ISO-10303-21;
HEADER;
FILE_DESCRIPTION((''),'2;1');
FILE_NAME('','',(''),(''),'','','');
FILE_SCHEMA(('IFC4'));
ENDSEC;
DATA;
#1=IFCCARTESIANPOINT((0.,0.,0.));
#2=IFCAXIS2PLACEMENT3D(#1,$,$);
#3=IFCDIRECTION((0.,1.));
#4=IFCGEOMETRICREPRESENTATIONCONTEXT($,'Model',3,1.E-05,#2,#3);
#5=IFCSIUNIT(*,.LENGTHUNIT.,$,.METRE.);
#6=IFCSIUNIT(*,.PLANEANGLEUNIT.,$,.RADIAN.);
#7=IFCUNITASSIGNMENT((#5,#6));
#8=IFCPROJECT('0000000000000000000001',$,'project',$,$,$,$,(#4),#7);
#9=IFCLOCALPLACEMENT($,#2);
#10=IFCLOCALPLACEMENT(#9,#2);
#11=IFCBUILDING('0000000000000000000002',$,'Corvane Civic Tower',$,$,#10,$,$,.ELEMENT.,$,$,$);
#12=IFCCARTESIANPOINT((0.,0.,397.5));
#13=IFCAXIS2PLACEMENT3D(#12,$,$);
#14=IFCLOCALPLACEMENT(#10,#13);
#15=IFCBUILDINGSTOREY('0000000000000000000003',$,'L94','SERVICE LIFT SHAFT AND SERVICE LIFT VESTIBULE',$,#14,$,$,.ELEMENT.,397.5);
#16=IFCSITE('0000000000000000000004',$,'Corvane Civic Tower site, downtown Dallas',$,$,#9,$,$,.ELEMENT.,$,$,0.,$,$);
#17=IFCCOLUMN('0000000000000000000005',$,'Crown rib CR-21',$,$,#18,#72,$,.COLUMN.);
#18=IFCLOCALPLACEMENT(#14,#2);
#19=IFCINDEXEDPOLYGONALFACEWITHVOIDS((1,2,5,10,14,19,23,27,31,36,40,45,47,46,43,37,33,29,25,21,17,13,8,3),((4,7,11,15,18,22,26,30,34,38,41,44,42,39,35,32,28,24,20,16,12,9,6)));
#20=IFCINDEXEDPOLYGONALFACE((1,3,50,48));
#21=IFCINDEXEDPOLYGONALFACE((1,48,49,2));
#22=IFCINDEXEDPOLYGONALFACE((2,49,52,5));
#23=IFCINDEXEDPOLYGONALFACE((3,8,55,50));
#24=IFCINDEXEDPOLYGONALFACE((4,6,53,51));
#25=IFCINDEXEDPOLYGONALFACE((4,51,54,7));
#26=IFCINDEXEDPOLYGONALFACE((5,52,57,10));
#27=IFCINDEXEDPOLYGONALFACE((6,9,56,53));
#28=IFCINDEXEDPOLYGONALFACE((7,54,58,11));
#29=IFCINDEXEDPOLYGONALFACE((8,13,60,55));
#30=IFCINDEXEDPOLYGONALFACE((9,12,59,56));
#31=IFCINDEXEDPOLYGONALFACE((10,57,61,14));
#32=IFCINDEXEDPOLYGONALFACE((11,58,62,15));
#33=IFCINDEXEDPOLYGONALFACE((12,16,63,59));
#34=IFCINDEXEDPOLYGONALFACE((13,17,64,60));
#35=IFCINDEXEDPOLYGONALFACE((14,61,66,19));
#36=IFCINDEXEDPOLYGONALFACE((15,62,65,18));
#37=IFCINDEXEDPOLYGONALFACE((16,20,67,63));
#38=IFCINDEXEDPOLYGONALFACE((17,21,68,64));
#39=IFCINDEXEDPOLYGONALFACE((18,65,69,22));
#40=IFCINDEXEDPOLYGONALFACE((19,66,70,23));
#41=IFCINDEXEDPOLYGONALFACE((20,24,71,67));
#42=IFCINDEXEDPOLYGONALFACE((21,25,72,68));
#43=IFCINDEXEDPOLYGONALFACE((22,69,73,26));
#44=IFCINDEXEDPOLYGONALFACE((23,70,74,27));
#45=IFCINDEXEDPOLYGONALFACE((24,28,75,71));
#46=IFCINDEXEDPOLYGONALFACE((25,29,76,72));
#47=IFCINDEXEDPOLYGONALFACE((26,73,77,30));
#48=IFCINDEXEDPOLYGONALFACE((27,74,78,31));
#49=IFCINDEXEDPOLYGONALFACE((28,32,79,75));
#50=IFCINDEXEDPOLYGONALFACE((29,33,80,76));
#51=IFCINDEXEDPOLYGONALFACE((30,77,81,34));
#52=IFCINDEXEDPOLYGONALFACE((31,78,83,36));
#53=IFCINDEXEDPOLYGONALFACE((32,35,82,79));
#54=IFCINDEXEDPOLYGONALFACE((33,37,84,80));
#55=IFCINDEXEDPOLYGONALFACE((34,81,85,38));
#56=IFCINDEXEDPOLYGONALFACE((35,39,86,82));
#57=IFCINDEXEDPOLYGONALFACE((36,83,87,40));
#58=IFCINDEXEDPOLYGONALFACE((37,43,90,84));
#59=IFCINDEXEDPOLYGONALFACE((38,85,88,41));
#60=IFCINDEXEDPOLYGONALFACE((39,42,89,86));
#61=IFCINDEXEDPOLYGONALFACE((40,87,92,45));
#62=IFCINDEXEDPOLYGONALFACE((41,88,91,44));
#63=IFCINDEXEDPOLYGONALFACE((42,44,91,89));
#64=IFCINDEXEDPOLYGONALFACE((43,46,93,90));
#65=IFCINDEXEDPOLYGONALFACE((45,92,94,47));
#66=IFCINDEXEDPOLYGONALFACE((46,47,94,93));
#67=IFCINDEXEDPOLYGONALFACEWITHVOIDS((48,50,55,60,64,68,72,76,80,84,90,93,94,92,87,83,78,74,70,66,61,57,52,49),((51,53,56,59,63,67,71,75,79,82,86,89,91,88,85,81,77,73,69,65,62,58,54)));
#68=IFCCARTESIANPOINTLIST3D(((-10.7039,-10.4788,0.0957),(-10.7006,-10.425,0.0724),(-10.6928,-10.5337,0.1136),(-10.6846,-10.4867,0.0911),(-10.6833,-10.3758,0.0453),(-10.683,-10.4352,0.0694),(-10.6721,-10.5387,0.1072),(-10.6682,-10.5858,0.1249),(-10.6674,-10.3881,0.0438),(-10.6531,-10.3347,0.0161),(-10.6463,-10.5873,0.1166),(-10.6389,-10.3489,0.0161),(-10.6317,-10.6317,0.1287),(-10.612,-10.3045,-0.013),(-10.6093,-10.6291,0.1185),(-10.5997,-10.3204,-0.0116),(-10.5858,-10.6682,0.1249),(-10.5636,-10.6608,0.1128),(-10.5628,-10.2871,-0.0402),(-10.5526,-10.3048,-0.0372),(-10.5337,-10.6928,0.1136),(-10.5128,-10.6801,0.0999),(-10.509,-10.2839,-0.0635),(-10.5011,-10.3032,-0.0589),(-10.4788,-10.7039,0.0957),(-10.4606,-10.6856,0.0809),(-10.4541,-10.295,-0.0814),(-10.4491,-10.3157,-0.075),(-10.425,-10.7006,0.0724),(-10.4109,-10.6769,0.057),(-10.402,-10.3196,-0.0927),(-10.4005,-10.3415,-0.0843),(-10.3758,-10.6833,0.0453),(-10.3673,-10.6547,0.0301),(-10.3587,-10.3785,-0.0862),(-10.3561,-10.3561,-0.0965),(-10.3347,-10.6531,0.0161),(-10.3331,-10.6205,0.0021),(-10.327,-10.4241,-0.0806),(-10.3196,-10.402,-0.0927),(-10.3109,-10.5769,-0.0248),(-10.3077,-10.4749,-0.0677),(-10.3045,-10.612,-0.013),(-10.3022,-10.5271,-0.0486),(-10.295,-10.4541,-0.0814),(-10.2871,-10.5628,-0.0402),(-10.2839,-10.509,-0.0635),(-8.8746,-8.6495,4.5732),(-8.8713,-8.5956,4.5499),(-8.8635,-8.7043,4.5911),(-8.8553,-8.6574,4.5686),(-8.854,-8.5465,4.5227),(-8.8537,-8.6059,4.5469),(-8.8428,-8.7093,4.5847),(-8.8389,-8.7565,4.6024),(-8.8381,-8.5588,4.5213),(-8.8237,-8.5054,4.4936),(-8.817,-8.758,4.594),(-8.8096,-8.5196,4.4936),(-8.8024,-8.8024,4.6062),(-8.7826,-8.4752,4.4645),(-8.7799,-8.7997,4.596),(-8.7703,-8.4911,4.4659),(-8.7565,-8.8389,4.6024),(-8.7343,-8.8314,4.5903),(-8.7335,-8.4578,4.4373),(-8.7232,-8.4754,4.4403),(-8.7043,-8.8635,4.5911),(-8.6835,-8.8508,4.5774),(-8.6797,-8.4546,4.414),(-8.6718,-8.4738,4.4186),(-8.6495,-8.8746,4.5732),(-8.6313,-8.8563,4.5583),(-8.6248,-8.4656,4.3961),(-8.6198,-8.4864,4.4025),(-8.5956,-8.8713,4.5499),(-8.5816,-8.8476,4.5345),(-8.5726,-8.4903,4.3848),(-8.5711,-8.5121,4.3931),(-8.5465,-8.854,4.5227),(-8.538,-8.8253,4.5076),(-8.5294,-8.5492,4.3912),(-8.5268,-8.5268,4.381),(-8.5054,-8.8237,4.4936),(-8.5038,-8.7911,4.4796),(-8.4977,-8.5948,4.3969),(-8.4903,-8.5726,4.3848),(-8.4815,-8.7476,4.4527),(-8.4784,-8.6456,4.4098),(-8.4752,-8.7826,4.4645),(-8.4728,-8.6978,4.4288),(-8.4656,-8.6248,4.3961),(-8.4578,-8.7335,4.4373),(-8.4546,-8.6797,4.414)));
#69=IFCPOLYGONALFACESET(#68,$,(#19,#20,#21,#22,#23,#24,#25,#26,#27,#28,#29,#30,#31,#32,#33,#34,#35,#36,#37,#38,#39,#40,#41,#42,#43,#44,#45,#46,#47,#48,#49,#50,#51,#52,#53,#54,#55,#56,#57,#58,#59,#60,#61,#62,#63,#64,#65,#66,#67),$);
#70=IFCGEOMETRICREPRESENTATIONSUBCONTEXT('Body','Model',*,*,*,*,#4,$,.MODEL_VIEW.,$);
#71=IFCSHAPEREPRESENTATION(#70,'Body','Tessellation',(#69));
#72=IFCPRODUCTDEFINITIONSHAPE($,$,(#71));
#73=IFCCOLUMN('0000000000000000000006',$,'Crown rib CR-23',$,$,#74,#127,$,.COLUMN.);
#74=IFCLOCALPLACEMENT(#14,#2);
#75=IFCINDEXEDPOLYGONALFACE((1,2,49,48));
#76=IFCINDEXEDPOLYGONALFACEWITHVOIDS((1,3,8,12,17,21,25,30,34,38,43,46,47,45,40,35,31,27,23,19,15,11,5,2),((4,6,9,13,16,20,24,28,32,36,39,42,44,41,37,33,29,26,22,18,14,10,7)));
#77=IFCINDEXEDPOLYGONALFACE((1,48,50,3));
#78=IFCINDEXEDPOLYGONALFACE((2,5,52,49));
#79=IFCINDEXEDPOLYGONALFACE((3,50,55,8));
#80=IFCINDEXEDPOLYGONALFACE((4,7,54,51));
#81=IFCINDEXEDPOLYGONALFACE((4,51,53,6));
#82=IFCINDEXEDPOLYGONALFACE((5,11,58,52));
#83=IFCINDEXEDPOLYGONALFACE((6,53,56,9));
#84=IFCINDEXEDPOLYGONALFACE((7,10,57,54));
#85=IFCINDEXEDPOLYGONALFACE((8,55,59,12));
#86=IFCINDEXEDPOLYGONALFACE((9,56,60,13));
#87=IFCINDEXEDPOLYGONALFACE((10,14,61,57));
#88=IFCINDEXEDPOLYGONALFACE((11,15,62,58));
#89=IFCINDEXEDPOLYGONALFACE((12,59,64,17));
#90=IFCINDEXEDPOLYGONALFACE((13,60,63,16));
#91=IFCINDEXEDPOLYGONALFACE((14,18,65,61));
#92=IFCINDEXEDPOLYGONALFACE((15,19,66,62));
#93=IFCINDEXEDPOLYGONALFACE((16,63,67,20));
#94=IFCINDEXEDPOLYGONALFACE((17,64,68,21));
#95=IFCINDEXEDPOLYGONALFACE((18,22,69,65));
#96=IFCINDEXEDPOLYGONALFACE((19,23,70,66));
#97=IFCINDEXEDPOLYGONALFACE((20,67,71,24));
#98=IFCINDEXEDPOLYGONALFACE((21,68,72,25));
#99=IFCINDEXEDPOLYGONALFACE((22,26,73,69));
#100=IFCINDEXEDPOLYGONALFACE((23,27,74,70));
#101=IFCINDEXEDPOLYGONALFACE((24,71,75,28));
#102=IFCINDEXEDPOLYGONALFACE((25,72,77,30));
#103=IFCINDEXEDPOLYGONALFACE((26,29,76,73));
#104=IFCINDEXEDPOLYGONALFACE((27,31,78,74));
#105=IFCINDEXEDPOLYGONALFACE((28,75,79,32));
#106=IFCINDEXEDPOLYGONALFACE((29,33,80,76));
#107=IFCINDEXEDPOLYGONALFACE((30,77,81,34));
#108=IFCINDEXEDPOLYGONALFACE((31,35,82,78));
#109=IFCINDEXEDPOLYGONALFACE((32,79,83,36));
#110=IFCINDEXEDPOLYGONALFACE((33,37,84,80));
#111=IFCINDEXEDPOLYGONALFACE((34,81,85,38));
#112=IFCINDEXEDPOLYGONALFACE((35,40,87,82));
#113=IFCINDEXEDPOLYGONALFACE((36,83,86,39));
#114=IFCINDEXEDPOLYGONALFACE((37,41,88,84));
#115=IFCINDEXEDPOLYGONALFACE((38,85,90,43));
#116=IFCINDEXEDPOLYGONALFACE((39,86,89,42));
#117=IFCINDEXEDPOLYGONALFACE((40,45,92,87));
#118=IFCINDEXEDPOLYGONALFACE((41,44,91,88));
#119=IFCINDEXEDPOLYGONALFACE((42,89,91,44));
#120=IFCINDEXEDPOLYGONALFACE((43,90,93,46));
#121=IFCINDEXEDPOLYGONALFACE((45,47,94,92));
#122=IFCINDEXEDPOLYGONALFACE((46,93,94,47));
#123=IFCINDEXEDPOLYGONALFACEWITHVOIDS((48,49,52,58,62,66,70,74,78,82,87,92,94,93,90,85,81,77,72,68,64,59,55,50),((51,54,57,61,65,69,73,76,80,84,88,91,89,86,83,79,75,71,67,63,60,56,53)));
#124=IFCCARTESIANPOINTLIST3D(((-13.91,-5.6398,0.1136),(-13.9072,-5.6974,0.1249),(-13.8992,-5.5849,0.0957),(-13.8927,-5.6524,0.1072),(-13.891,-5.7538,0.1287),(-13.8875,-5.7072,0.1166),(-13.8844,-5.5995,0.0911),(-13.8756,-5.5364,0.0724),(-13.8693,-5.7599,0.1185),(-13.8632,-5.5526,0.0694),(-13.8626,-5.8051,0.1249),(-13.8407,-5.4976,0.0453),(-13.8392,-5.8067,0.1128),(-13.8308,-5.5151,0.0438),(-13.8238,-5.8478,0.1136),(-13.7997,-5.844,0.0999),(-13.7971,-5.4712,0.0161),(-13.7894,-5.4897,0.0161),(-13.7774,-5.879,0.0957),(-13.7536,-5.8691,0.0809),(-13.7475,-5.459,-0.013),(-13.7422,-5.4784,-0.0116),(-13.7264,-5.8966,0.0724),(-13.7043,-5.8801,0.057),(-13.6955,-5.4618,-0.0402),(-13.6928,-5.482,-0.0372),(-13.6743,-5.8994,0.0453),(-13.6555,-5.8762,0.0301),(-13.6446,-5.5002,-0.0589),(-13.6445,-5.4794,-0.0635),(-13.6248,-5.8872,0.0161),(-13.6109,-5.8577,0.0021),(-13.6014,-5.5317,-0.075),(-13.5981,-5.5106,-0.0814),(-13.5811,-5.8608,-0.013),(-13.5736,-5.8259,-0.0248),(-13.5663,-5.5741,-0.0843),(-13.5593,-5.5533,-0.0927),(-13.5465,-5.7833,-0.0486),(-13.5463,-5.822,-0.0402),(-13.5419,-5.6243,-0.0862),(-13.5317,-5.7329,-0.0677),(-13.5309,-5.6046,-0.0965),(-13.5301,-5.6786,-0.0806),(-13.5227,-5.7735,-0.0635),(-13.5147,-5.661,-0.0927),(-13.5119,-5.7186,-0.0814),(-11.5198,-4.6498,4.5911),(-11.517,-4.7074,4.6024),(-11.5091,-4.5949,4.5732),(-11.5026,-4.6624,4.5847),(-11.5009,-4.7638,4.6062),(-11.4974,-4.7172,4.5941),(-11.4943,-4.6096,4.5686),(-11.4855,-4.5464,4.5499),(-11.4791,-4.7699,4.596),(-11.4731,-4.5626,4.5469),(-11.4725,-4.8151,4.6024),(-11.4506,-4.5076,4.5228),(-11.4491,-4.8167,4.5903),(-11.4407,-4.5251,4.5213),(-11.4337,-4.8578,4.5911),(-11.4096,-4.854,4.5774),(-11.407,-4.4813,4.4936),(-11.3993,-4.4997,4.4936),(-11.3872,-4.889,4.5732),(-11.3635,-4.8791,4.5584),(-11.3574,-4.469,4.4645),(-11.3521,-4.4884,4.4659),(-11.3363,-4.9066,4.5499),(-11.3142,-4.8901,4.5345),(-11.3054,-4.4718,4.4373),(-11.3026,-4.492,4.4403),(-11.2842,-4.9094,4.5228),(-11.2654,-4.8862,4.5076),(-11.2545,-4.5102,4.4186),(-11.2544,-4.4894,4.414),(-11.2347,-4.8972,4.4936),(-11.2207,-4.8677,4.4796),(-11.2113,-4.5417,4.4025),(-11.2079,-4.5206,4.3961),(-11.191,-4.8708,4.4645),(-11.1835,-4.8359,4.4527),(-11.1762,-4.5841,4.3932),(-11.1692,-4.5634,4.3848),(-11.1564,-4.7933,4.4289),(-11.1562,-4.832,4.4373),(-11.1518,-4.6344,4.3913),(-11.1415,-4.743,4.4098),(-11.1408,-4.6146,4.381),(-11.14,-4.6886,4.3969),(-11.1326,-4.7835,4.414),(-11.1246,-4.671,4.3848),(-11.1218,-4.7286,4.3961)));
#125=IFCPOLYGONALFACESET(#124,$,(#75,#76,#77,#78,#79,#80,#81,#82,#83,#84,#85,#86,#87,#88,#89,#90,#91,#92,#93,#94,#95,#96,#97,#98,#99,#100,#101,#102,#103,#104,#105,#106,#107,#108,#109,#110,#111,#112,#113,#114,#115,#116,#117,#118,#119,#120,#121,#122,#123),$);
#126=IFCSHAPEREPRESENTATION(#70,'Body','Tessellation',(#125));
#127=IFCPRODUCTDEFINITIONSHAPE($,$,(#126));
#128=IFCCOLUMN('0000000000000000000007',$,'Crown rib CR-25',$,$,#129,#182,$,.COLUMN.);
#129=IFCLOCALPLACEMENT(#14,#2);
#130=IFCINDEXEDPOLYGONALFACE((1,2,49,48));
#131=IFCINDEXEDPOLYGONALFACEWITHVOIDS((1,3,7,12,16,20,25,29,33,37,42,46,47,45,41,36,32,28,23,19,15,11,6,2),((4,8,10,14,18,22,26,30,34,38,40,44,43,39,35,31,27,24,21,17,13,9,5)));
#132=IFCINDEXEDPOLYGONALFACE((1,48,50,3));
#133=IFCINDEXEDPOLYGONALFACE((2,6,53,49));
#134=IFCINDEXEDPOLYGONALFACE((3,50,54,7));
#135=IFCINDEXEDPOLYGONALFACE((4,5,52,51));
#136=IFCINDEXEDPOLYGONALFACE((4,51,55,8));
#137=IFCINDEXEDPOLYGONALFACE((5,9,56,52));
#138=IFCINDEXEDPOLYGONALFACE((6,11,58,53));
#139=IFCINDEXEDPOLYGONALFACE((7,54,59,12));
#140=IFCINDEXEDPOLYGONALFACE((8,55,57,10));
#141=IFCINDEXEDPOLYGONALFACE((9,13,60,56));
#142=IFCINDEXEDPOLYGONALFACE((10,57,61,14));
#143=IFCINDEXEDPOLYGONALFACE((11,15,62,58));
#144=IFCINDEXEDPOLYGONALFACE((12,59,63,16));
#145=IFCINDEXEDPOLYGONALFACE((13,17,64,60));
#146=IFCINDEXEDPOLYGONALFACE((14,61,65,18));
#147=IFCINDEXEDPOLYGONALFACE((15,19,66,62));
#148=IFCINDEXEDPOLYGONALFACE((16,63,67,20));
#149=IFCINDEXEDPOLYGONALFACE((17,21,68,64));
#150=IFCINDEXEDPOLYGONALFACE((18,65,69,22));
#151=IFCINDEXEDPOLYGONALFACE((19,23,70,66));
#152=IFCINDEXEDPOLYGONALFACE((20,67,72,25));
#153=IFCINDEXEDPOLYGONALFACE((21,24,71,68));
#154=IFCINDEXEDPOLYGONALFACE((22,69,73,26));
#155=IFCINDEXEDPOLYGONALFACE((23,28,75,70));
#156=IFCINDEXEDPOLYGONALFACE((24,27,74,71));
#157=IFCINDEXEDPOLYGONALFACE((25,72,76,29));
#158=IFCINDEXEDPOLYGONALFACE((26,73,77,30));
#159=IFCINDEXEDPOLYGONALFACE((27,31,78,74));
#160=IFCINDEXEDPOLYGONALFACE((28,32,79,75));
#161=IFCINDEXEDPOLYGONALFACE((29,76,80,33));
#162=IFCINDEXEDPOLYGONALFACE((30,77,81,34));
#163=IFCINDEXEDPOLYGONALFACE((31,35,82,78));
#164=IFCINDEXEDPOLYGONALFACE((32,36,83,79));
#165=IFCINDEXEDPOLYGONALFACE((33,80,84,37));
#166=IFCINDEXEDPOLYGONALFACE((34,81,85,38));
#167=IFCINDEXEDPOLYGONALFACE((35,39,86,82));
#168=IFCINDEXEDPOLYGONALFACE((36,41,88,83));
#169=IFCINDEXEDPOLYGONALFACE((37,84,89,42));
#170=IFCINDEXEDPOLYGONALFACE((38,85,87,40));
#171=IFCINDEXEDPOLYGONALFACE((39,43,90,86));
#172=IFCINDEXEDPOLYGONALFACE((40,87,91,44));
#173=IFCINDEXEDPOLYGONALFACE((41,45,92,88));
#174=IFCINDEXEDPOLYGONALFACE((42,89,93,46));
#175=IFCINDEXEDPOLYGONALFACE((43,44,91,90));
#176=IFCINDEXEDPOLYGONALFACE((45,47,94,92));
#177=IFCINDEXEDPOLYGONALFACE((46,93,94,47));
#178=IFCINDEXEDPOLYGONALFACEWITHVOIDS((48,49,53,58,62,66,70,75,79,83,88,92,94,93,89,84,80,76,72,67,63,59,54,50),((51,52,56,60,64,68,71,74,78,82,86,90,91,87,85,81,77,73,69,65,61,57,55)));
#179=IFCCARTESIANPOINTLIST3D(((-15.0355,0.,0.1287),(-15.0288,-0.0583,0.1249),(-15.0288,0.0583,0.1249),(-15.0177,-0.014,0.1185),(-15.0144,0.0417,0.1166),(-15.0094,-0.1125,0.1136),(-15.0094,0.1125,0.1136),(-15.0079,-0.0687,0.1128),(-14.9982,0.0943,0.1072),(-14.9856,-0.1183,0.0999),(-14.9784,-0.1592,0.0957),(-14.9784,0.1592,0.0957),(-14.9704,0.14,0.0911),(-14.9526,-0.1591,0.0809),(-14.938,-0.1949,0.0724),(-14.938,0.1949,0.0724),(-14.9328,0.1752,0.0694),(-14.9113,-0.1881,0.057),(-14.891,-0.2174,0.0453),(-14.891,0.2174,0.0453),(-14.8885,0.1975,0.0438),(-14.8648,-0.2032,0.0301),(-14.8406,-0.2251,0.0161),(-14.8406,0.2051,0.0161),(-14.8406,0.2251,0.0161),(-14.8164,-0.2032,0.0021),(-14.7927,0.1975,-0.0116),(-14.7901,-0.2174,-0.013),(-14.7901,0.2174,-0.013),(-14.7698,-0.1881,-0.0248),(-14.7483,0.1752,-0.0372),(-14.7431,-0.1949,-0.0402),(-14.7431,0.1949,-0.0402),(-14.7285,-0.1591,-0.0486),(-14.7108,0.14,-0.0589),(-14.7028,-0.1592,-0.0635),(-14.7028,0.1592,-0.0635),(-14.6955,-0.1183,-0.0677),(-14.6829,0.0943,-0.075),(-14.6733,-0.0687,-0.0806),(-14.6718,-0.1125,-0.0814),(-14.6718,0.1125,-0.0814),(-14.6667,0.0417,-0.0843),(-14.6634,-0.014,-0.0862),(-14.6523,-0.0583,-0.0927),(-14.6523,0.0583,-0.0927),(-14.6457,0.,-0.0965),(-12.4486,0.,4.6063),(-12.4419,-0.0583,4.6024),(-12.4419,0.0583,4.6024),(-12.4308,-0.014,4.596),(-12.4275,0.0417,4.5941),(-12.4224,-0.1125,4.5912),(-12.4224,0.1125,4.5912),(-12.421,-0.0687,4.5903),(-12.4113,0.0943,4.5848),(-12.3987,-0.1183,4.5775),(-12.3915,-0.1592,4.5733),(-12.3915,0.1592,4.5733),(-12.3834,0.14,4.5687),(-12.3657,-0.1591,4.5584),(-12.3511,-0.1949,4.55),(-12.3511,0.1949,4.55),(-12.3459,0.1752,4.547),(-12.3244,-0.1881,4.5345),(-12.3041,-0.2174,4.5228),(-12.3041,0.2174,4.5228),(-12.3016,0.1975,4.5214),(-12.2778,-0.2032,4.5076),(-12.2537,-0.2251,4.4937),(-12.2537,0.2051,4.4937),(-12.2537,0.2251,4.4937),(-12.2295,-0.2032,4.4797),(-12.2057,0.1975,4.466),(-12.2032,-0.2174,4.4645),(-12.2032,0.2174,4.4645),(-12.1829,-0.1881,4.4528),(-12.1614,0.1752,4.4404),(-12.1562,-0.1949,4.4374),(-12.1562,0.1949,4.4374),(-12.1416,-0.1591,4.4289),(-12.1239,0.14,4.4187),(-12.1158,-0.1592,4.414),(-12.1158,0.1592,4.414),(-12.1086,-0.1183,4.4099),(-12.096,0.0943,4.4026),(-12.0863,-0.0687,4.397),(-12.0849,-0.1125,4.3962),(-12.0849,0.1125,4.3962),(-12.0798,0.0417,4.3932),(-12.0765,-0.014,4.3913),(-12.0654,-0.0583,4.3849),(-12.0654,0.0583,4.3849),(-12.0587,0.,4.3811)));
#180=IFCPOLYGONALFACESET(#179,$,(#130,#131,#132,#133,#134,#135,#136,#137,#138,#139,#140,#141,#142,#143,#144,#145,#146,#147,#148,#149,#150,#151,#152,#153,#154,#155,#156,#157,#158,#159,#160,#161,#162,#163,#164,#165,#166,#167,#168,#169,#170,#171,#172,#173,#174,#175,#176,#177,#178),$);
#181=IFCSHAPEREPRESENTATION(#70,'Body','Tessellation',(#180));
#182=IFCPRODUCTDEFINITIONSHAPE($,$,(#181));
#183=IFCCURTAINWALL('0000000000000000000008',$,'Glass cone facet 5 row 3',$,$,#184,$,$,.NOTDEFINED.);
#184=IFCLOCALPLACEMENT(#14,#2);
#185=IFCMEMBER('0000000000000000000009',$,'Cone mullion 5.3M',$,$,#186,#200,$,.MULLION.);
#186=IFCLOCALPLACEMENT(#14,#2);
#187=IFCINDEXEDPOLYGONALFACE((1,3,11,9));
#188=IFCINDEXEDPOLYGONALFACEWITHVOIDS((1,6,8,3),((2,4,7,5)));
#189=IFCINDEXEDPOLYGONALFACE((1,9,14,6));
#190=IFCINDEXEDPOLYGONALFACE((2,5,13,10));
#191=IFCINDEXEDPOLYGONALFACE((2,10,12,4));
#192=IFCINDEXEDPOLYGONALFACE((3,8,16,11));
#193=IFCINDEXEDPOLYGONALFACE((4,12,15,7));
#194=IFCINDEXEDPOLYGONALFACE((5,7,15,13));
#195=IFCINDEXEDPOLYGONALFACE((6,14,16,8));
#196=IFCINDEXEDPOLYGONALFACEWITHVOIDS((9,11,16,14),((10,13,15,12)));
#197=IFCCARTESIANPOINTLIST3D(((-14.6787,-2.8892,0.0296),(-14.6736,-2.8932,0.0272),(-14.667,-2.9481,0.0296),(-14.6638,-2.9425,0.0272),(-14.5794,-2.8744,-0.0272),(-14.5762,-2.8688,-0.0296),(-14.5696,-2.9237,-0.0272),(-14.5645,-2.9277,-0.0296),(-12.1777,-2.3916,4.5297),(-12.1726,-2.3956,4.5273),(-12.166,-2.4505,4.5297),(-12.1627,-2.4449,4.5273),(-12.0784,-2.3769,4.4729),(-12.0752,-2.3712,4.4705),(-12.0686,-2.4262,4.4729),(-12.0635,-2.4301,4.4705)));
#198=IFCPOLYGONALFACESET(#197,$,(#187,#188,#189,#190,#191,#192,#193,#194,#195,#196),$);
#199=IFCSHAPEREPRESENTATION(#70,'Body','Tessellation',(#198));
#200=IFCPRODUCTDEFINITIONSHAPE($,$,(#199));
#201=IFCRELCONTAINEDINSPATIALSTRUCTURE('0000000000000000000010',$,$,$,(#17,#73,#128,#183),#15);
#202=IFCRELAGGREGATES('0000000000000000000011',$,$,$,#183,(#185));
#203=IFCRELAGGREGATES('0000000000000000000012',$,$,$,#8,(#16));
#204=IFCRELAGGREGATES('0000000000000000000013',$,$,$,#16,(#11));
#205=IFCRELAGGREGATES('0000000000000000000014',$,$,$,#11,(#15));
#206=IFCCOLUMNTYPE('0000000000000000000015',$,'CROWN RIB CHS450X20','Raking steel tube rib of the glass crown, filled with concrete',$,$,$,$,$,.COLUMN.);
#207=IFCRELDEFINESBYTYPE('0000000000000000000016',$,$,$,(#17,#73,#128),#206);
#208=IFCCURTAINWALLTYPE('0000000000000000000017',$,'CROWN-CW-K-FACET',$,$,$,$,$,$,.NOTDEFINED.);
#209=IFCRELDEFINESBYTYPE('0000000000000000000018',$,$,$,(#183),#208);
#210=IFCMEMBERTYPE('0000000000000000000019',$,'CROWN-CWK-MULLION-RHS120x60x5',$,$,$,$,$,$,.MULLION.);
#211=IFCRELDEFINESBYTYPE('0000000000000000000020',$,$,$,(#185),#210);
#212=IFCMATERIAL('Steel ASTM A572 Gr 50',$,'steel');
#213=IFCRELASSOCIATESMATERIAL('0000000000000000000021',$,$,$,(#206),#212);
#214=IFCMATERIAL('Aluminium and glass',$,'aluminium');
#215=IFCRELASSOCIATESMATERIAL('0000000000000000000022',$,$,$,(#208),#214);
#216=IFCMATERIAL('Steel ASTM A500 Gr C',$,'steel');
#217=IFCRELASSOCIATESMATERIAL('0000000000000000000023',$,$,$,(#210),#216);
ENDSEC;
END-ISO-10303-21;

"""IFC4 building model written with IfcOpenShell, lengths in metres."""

from ifc_helpers import new_model, si_unit, direction, frame, origin, origin_2d, place, context, subcontext, project, spatial, hollow_rectangle, hollow_circle, extrude, material, material_profile, profile_set, type_object, element, aggregate, save


model = new_model("IFC4")

# Units and contexts
model_context = context("Model", 3, precision=1e-05, world=origin(), true_north=direction((0.0, 1.0)))
body_context = subcontext(model_context, "Body", "Model", "MODEL_VIEW")
ifc_project = project(units=[si_unit("LENGTHUNIT", "METRE"), si_unit("PLANEANGLEUNIT", "RADIAN")], contexts=[model_context])

# Site, building, storey
site_placement = place(None, origin())
site = spatial("IfcSite", under=ifc_project, at=site_placement, Name="Corvane Civic Tower site, downtown Dallas", CompositionType="ELEMENT", RefElevation=0.0)
building_placement = place(site_placement, origin())
building = spatial("IfcBuilding", under=site, at=building_placement, Name="Corvane Civic Tower", CompositionType="ELEMENT")
storey_placement = place(building_placement, frame((0.0, 0.0, 397.5)))
storey = spatial("IfcBuildingStorey", under=building, at=storey_placement, Name="L94", Description="SERVICE LIFT SHAFT AND SERVICE LIFT VESTIBULE", CompositionType="ELEMENT", Elevation=397.5)

# Columns
ifc_material_1 = material(Name="Steel ASTM A572 Gr 50", Category="steel")
ifc_material_profile_1 = material_profile(ifc_material_1, hollow_circle(Radius=0.2251, WallThickness=0.02, at=origin_2d()), Name="CHS450X20")
ifc_profile_set_1 = profile_set([ifc_material_profile_1], Name="Steel ASTM A572 Gr 50")
column_type = type_object("IfcColumnType", Name="CROWN RIB CHS450X20", Description="Raking steel tube rib of the glass crown, filled with concrete", PredefinedType="COLUMN", material=ifc_profile_set_1)
for number, where, z_axis, x_axis, name in (
    (1, (-10.4939, -10.4939, 0.0161), (0.353756, 0.353756, 0.86586), (-0.707107, 0.707107, 0.0), "Crown rib CR-21"),
    (2, (-13.7109, -5.6792, 0.0161), (0.462203, 0.191443, 0.865863), (-0.382671, 0.923885, 0.0), "Crown rib CR-23"),
    (3, (-14.8406, 0.0, 0.0161), (0.500262, 0.0, 0.865874), (0.0, 1.0, 0.0), "Crown rib CR-25"),
):
    element("IfcColumn", number, at=place(storey_placement, frame(where, z_axis=z_axis, x_axis=x_axis)), inside=storey, type_object=column_type, Name=name, PredefinedType="COLUMN", context=body_context, shape_type="SweptSolid", body=[
        extrude(hollow_circle(Radius=0.2251, WallThickness=0.02, at=origin_2d()), origin(), (0.0, 0.0, 1.0), 5.1711),
    ])

# Curtain wall, member
ifc_material_2 = material(Name="Aluminium and glass", Category="aluminium")
curtain_wall_type = type_object("IfcCurtainWallType", Name="CROWN-CW-K-FACET", PredefinedType="NOTDEFINED", material=ifc_material_2)
curtain_wall_1_placement = place(storey_placement, origin())
curtain_wall_1 = element("IfcCurtainWall", 4, at=curtain_wall_1_placement, inside=storey, type_object=curtain_wall_type, Name="Glass cone facet 5 row 3", PredefinedType="NOTDEFINED")
ifc_material_3 = material(Name="Steel ASTM A500 Gr C", Category="steel")
ifc_material_profile_2 = material_profile(ifc_material_3, hollow_rectangle(XDim=0.0601, YDim=0.1201, WallThickness=0.0049, at=origin_2d()), Name="RHS 120x60x5")
ifc_profile_set_2 = profile_set([ifc_material_profile_2], Name="Steel ASTM A500 Gr C")
member_type_1 = type_object("IfcMemberType", Name="CROWN-CWK-MULLION-RHS120x60x5", PredefinedType="MULLION", material=ifc_profile_set_2)
member_1_placement = place(storey_placement, frame((-14.6216, -2.9084, 0.0), z_axis=(0.483535, 0.096197, 0.870023), x_axis=(-0.195122, 0.980779, 0.0)))
member_1 = element("IfcMember", 5, at=member_1_placement, type_object=member_type_1, Name="Cone mullion 5.3M", PredefinedType="MULLION", context=body_context, shape_type="SweptSolid", body=[
    extrude(hollow_rectangle(XDim=0.0601, YDim=0.1201, WallThickness=0.0049, at=origin_2d()), origin(), (0.0, 0.0, 1.0), 5.1724),
])

aggregate(curtain_wall_1, [member_1])

save(model, "model.ifc")
